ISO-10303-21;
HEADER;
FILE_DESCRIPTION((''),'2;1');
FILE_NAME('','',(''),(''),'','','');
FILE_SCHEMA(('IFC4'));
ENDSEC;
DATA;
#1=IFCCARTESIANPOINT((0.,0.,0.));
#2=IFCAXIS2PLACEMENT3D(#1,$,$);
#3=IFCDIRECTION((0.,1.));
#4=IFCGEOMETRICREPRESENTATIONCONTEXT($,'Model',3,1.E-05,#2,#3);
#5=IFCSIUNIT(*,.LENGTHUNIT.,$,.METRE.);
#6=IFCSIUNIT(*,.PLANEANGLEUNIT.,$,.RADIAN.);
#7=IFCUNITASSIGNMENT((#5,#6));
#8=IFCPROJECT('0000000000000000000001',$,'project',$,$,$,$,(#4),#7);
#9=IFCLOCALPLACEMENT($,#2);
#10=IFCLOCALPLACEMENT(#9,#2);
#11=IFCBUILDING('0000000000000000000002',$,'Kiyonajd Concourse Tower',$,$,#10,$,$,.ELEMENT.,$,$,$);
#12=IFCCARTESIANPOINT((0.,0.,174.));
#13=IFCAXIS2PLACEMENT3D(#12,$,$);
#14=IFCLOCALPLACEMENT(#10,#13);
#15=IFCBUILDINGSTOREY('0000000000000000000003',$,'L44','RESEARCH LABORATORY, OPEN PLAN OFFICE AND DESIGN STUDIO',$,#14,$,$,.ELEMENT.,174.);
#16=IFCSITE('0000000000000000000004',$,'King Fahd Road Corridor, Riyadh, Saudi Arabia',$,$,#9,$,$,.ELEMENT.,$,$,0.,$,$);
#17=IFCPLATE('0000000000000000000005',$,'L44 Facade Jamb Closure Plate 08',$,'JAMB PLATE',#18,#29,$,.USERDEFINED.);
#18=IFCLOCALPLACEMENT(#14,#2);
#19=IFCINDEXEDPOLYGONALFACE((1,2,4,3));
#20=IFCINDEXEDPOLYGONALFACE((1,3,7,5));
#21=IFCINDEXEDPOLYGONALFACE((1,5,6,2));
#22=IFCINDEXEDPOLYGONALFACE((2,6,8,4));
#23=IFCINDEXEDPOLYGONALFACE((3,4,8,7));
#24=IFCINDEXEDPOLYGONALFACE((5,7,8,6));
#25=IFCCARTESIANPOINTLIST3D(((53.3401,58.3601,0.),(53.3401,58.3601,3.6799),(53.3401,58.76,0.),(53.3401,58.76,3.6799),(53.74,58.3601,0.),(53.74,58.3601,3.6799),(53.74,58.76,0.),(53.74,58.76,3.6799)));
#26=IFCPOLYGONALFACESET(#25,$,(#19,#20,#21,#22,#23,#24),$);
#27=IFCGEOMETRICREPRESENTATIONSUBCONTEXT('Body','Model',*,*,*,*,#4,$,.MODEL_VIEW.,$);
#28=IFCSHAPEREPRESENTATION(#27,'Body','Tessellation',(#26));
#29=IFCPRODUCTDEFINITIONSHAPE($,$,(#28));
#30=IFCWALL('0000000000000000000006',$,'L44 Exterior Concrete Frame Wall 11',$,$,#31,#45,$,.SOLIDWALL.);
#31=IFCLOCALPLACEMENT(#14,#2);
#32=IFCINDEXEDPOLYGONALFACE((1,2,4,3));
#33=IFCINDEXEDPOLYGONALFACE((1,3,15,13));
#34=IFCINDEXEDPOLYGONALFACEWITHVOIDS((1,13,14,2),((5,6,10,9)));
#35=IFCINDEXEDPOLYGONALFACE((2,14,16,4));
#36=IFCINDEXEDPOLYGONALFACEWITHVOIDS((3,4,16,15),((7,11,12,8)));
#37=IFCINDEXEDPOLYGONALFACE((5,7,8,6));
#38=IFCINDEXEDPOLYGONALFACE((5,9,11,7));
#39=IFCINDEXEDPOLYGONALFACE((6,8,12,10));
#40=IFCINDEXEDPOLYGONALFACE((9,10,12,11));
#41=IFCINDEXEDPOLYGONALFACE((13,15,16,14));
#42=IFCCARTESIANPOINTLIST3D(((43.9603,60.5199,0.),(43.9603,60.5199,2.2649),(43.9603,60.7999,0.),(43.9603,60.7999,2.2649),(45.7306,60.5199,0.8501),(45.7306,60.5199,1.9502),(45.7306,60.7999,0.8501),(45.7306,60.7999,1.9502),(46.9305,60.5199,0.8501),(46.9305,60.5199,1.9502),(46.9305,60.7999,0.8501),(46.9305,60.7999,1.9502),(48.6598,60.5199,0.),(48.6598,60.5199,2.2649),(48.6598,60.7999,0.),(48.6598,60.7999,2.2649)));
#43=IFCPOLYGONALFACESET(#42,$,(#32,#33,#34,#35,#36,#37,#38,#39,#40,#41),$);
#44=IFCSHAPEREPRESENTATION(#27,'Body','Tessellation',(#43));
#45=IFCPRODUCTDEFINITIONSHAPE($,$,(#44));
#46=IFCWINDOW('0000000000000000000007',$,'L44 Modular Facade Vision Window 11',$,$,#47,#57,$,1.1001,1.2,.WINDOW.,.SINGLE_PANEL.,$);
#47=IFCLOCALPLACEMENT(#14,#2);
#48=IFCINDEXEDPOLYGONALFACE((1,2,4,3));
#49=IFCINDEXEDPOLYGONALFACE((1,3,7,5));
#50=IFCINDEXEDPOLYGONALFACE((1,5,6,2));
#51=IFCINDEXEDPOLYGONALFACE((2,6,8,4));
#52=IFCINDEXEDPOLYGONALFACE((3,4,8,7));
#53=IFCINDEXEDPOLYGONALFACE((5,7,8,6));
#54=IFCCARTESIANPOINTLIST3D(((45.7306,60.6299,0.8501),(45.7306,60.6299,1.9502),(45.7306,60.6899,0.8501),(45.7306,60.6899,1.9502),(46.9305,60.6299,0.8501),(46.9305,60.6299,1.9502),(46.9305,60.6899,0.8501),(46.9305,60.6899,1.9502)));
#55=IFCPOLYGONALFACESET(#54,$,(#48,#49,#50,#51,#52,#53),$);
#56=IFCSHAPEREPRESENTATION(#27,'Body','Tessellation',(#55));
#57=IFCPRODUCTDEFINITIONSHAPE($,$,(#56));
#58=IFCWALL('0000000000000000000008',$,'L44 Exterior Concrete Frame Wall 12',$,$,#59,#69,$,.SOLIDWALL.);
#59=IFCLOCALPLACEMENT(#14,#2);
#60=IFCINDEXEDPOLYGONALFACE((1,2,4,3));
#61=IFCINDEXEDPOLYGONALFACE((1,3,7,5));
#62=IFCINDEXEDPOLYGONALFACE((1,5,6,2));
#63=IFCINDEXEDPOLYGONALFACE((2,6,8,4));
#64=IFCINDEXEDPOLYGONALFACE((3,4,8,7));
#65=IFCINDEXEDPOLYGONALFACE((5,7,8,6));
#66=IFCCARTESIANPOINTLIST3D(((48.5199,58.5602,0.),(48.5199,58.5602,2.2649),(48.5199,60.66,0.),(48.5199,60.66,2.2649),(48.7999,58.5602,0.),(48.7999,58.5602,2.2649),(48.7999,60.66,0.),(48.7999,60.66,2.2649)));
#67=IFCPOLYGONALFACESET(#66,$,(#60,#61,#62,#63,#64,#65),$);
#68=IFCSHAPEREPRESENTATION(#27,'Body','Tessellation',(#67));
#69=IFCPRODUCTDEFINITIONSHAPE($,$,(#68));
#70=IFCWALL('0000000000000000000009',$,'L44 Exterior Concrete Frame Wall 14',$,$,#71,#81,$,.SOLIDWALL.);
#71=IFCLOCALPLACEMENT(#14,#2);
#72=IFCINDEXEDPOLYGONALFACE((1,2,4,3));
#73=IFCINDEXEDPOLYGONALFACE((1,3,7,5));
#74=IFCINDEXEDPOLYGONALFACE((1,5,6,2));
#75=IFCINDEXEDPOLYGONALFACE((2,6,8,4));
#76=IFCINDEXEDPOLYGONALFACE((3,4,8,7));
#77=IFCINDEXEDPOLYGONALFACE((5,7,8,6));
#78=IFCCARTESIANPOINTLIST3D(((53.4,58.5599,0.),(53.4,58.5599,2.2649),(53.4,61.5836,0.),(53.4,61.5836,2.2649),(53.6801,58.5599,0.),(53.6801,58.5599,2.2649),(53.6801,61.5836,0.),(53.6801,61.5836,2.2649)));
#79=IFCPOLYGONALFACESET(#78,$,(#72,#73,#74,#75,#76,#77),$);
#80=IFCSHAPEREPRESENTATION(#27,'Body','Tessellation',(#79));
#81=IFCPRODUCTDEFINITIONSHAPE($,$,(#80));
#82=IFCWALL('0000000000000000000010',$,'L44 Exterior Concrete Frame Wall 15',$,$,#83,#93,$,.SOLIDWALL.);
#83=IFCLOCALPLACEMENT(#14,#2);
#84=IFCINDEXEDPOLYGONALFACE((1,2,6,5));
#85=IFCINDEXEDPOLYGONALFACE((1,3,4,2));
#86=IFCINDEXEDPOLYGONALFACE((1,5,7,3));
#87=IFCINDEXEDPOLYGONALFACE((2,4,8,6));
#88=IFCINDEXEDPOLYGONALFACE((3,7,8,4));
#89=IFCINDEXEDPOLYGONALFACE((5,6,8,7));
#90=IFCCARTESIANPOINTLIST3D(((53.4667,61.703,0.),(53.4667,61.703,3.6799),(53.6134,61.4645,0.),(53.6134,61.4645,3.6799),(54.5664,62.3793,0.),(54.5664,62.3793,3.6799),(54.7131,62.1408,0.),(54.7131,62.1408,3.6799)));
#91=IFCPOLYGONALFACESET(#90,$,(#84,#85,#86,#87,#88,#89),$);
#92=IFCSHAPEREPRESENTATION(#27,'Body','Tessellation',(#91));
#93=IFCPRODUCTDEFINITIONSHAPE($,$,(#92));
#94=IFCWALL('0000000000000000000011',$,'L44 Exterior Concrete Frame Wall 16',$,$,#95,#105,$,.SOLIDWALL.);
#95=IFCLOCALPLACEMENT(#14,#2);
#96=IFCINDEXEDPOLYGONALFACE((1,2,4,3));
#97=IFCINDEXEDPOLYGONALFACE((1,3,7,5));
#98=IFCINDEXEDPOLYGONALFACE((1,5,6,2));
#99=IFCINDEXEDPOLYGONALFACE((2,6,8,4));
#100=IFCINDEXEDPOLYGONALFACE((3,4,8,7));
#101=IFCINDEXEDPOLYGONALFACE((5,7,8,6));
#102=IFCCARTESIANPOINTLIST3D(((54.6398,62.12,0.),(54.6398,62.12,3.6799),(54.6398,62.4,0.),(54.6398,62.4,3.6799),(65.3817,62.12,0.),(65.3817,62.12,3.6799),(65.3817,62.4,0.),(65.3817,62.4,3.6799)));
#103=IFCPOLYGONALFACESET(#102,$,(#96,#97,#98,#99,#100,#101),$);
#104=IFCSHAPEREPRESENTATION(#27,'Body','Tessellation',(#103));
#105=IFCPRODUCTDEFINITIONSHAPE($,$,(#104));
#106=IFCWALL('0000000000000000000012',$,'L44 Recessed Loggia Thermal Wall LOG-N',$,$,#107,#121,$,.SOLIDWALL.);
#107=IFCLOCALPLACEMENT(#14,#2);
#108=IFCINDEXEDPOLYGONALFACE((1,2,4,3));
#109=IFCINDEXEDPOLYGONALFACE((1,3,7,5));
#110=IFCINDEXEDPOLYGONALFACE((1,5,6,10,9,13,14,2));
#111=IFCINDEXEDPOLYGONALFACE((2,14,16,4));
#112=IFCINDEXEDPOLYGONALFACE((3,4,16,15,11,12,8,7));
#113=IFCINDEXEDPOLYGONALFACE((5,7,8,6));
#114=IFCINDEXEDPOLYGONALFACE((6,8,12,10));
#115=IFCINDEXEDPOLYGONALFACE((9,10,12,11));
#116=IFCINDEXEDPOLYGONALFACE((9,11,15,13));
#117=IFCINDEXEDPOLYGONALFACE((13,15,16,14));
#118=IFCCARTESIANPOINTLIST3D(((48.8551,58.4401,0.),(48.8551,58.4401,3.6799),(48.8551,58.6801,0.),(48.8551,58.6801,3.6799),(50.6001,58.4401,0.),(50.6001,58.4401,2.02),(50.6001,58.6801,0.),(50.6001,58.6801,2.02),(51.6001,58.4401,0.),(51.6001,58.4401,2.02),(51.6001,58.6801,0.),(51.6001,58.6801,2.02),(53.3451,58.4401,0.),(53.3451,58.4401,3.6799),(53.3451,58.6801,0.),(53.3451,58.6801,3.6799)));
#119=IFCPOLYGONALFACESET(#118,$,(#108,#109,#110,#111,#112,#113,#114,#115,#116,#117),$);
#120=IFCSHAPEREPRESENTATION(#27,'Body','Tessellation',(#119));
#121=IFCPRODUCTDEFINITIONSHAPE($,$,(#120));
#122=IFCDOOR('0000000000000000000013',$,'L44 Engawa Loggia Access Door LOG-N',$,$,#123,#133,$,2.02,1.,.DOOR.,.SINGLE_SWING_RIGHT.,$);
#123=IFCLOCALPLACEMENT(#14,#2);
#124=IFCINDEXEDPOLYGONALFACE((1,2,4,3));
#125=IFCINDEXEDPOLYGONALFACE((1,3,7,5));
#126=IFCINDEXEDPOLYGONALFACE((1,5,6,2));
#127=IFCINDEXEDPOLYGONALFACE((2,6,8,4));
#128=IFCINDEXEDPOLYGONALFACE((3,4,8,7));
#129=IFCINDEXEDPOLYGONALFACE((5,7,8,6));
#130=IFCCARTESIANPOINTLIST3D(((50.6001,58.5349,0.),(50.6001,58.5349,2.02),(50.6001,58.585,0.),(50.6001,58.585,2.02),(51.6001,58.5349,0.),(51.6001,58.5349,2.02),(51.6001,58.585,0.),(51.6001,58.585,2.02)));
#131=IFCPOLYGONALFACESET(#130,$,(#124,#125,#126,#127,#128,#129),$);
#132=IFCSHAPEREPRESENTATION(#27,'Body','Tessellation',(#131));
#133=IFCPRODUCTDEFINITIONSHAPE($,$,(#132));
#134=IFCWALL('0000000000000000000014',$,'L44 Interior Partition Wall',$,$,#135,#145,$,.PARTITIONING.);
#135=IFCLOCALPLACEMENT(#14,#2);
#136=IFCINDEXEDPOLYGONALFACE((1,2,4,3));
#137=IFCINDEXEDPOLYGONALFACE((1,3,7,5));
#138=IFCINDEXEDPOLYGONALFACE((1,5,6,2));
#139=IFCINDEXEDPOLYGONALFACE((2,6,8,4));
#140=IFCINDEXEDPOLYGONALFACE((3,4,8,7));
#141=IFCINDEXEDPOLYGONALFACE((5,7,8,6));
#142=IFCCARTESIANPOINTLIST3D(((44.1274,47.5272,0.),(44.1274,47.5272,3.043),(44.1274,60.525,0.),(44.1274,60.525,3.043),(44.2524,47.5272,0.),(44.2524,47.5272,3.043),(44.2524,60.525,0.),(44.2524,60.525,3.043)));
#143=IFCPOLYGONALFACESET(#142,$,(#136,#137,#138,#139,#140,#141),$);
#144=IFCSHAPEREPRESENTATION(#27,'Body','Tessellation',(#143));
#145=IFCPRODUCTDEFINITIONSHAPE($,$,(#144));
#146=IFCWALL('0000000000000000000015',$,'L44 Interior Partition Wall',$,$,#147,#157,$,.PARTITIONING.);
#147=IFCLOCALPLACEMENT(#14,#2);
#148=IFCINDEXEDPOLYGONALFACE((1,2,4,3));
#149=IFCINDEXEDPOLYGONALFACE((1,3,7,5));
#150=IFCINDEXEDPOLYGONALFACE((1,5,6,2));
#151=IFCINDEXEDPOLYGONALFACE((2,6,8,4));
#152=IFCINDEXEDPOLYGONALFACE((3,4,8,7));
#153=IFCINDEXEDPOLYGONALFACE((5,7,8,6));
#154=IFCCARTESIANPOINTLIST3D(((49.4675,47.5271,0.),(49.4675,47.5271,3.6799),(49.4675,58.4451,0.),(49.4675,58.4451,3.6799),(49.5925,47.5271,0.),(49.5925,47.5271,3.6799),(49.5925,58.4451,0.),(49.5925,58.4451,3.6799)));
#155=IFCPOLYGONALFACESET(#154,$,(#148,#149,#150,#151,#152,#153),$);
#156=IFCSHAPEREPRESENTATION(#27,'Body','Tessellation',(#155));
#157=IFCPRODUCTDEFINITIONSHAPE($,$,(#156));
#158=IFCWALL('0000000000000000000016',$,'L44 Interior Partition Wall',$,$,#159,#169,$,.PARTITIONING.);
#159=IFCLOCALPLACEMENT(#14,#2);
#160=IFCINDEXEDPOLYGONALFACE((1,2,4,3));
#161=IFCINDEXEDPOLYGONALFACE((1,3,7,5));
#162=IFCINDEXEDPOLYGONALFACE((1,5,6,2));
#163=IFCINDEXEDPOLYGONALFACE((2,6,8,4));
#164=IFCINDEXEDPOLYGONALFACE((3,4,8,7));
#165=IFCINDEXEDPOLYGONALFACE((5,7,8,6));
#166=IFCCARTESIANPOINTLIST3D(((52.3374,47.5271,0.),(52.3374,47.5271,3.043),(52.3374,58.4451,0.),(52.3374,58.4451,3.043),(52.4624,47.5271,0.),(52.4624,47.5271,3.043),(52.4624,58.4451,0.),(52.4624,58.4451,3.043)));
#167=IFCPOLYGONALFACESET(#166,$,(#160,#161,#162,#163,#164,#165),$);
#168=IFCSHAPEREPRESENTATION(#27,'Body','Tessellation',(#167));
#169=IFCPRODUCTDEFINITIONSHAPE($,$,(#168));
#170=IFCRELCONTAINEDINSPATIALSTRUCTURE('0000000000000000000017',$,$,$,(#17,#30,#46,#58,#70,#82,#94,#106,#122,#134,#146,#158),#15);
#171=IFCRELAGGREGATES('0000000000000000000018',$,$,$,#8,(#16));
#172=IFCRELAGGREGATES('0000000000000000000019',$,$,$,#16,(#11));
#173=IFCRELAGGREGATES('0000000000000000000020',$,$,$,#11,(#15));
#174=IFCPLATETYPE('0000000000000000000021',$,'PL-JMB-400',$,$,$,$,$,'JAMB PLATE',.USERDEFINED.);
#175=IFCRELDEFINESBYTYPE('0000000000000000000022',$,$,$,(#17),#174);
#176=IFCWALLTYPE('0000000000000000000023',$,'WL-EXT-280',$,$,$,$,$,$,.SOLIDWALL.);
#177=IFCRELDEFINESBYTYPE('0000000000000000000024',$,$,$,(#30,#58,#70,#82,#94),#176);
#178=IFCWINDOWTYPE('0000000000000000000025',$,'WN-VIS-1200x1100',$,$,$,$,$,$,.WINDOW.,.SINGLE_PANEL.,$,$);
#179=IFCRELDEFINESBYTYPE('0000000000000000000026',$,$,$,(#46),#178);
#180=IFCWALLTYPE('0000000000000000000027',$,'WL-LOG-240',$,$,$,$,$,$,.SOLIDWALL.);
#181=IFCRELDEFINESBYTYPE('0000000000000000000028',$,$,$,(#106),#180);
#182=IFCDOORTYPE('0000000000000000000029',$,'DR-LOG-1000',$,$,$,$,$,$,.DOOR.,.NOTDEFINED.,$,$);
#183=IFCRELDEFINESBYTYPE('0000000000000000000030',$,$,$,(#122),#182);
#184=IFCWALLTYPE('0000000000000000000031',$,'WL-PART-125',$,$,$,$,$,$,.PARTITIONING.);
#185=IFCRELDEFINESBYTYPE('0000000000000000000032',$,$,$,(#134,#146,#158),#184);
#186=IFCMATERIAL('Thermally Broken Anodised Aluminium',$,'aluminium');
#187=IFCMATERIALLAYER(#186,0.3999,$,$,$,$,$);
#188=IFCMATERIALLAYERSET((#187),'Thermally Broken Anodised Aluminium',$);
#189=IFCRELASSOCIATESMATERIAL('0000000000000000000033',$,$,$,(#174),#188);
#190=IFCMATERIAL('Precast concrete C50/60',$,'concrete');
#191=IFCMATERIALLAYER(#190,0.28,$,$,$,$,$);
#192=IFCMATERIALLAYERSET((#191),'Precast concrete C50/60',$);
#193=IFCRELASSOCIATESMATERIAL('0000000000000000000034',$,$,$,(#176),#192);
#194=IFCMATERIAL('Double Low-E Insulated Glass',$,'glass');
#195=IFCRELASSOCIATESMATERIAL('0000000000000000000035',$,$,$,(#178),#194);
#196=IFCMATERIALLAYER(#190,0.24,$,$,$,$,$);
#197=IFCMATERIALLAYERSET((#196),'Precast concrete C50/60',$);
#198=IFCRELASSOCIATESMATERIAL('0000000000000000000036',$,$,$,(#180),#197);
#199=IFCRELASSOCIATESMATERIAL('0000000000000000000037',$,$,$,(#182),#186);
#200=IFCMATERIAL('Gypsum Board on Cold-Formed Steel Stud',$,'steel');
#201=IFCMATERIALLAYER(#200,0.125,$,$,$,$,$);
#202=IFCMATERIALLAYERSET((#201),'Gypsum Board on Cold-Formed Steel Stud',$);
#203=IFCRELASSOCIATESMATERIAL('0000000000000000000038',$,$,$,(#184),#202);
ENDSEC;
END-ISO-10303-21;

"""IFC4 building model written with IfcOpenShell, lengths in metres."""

from ifc_helpers import new_model, si_unit, direction, frame, frame_2d, origin, origin_2d, place, context, subcontext, project, spatial, rectangle, extrude, material, layer, layer_set, type_object, element, fill, save


model = new_model("IFC4")

# Units and contexts
model_context = context("Model", 3, precision=1e-05, world=origin(), true_north=direction((0.0, 1.0)))
body_context = subcontext(model_context, "Body", "Model", "MODEL_VIEW")
ifc_project = project(units=[si_unit("LENGTHUNIT", "METRE"), si_unit("PLANEANGLEUNIT", "RADIAN")], contexts=[model_context])

# Site, building, storey
site_placement = place(None, origin())
site = spatial("IfcSite", under=ifc_project, at=site_placement, Name="King Fahd Road Corridor, Riyadh, Saudi Arabia", CompositionType="ELEMENT", RefElevation=0.0)
building_placement = place(site_placement, origin())
building = spatial("IfcBuilding", under=site, at=building_placement, Name="Kiyonajd Concourse Tower", CompositionType="ELEMENT")
storey_placement = place(building_placement, frame((0.0, 0.0, 174.0)))
storey = spatial("IfcBuildingStorey", under=building, at=storey_placement, Name="L44", Description="RESEARCH LABORATORY, OPEN PLAN OFFICE AND DESIGN STUDIO", CompositionType="ELEMENT", Elevation=174.0)

# Plate
ifc_material_1 = material(Name="Thermally Broken Anodised Aluminium", Category="aluminium")
ifc_layer_1 = layer(ifc_material_1, 0.3999)
ifc_layer_set_1 = layer_set([ifc_layer_1], Name="Thermally Broken Anodised Aluminium")
plate_type_1 = type_object("IfcPlateType", Name="PL-JMB-400", ElementType="JAMB PLATE", PredefinedType="USERDEFINED", material=ifc_layer_set_1)
for number, where, z_axis, x_axis, name in (
    (1, (53.54, 58.5601, 0.0), (0.0, 0.0, 1.0), (1.0, 0.0, 0.0), "L44 Facade Jamb Closure Plate 08"),
):
    element("IfcPlate", number, at=place(storey_placement, frame(where, z_axis=z_axis, x_axis=x_axis)), inside=storey, type_object=plate_type_1, Name=name, ObjectType="JAMB PLATE", PredefinedType="USERDEFINED", context=body_context, shape_type="SweptSolid", body=[
        extrude(rectangle(XDim=0.3999, YDim=0.3999, at=origin_2d()), origin(), (0.0, 0.0, 1.0), 3.6799),
    ])

# Wall, opening, window
ifc_material_2 = material(Name="Precast concrete C50/60", Category="concrete")
ifc_layer_2 = layer(ifc_material_2, 0.28)
ifc_layer_set_2 = layer_set([ifc_layer_2], Name="Precast concrete C50/60")
wall_type_1 = type_object("IfcWallType", Name="WL-EXT-280", PredefinedType="SOLIDWALL", material=ifc_layer_set_2)
wall_1_placement = place(storey_placement, frame((43.9604, 60.6599, 0.0), z_axis=(0.0, 0.0, 1.0), x_axis=(1.0, 0.0, 0.0)))
wall_1 = element("IfcWall", 2, at=wall_1_placement, inside=storey, type_object=wall_type_1, Name="L44 Exterior Concrete Frame Wall 11", PredefinedType="SOLIDWALL", context=body_context, shape_type="SweptSolid", body=[
    extrude(rectangle(XDim=4.6995, YDim=0.28, at=frame_2d((2.3496, 0.0))), origin(), (0.0, 0.0, 1.0), 2.2649),
])
opening_1_placement = place(wall_1_placement, frame((1.77, 0.0, 0.8501)))
opening_1 = element("IfcOpeningElement", 3, at=opening_1_placement, cuts=wall_1, PredefinedType="OPENING", context=body_context, shape_type="SweptSolid", body=[
    extrude(rectangle(XDim=1.2, YDim=1.1001, at=frame_2d((0.6001, 0.55))), frame((0.0, 0.1499, 0.0), z_axis=(0.0, -1.0, 0.0), x_axis=(1.0, 0.0, 0.0)), (0.0, 0.0, 1.0), 0.3),
])
ifc_material_3 = material(Name="Double Low-E Insulated Glass", Category="glass")
window_type = type_object("IfcWindowType", Name="WN-VIS-1200x1100", PartitioningType="SINGLE_PANEL", PredefinedType="WINDOW", material=ifc_material_3)
window_placement = place(opening_1_placement, origin())
window = element("IfcWindow", 4, at=window_placement, inside=storey, type_object=window_type, Name="L44 Modular Facade Vision Window 11", OverallHeight=1.1001, OverallWidth=1.2, PartitioningType="SINGLE_PANEL", PredefinedType="WINDOW", context=body_context, shape_type="SweptSolid", body=[
    extrude(rectangle(XDim=1.2, YDim=1.1001, at=frame_2d((0.6001, 0.55))), frame((0.0, 0.03, 0.0), z_axis=(0.0, -1.0, 0.0), x_axis=(1.0, 0.0, 0.0)), (0.0, 0.0, 1.0), 0.0601),
])
fill(opening_1, window)

# Walls
wall_2_placement = place(storey_placement, frame((48.6599, 60.6599, 0.0), z_axis=(0.0, 0.0, 1.0), x_axis=(0.0, -1.0, 0.0)))
element("IfcWall", 5, at=wall_2_placement, inside=storey, type_object=wall_type_1, Name="L44 Exterior Concrete Frame Wall 12", PredefinedType="SOLIDWALL", context=body_context, shape_type="SweptSolid", body=[
    extrude(rectangle(XDim=2.0999, YDim=0.28, at=frame_2d((1.0498, 0.0))), origin(), (0.0, 0.0, 1.0), 2.2649),
])
wall_3_placement = place(storey_placement, frame((53.54, 58.5601, 0.0), z_axis=(0.0, 0.0, 1.0), x_axis=(0.0, 1.0, 0.0)))
element("IfcWall", 6, at=wall_3_placement, inside=storey, type_object=wall_type_1, Name="L44 Exterior Concrete Frame Wall 14", PredefinedType="SOLIDWALL", context=body_context, shape_type="SweptSolid", body=[
    extrude(rectangle(XDim=3.0237, YDim=0.28, at=frame_2d((1.5117, 0.0))), origin(), (0.0, 0.0, 1.0), 2.2649),
])
wall_4_placement = place(storey_placement, frame((53.54, 61.5837, 0.0), z_axis=(0.0, 0.0, 1.0), x_axis=(0.851801, 0.523865, 0.0)))
element("IfcWall", 7, at=wall_4_placement, inside=storey, type_object=wall_type_1, Name="L44 Exterior Concrete Frame Wall 15", PredefinedType="SOLIDWALL", context=body_context, shape_type="SweptSolid", body=[
    extrude(rectangle(XDim=1.291, YDim=0.28, at=frame_2d((0.6455, 0.0))), origin(), (0.0, 0.0, 1.0), 3.6799),
])
wall_5_placement = place(storey_placement, frame((54.6396, 62.26, 0.0), z_axis=(0.0, 0.0, 1.0), x_axis=(1.0, 0.0, 0.0)))
element("IfcWall", 8, at=wall_5_placement, inside=storey, type_object=wall_type_1, Name="L44 Exterior Concrete Frame Wall 16", PredefinedType="SOLIDWALL", context=body_context, shape_type="SweptSolid", body=[
    extrude(rectangle(XDim=10.7419, YDim=0.28, at=frame_2d((5.3711, 0.0))), origin(), (0.0, 0.0, 1.0), 3.6799),
])

# Wall, opening, door
ifc_layer_3 = layer(ifc_material_2, 0.24)
ifc_layer_set_3 = layer_set([ifc_layer_3], Name="Precast concrete C50/60")
wall_type_2 = type_object("IfcWallType", Name="WL-LOG-240", PredefinedType="SOLIDWALL", material=ifc_layer_set_3)
wall_6_placement = place(storey_placement, frame((48.855, 58.5601, 0.0), z_axis=(0.0, 0.0, 1.0), x_axis=(1.0, 0.0, 0.0)))
wall_6 = element("IfcWall", 9, at=wall_6_placement, inside=storey, type_object=wall_type_2, Name="L44 Recessed Loggia Thermal Wall LOG-N", PredefinedType="SOLIDWALL", context=body_context, shape_type="SweptSolid", body=[
    extrude(rectangle(XDim=4.49, YDim=0.24, at=frame_2d((2.2451, 0.0))), origin(), (0.0, 0.0, 1.0), 3.6799),
])
opening_2_placement = place(wall_6_placement, frame((1.7451, 0.0, 0.0)))
opening_2 = element("IfcOpeningElement", 10, at=opening_2_placement, cuts=wall_6, PredefinedType="OPENING", context=body_context, shape_type="SweptSolid", body=[
    extrude(rectangle(XDim=1.0, YDim=2.02, at=frame_2d((0.5, 1.01))), frame((0.0, 0.1299, 0.0), z_axis=(0.0, -1.0, 0.0), x_axis=(1.0, 0.0, 0.0)), (0.0, 0.0, 1.0), 0.26),
])
door_type = type_object("IfcDoorType", Name="DR-LOG-1000", OperationType="NOTDEFINED", PredefinedType="DOOR", material=ifc_material_1)
door_placement = place(opening_2_placement, origin())
door = element("IfcDoor", 11, at=door_placement, inside=storey, type_object=door_type, Name="L44 Engawa Loggia Access Door LOG-N", OperationType="SINGLE_SWING_RIGHT", OverallHeight=2.02, OverallWidth=1.0, PredefinedType="DOOR", context=body_context, shape_type="SweptSolid", body=[
    extrude(rectangle(XDim=1.0, YDim=2.02, at=frame_2d((0.5, 1.01))), frame((0.0, 0.0249, 0.0), z_axis=(0.0, -1.0, 0.0), x_axis=(1.0, 0.0, 0.0)), (0.0, 0.0, 1.0), 0.05),
])
fill(opening_2, door)

# Walls
ifc_material_4 = material(Name="Gypsum Board on Cold-Formed Steel Stud", Category="steel")
ifc_layer_4 = layer(ifc_material_4, 0.125)
ifc_layer_set_4 = layer_set([ifc_layer_4], Name="Gypsum Board on Cold-Formed Steel Stud")
wall_type_3 = type_object("IfcWallType", Name="WL-PART-125", PredefinedType="PARTITIONING", material=ifc_layer_set_4)
wall_7_placement = place(storey_placement, frame((44.1899, 47.5271, 0.0), z_axis=(0.0, 0.0, 1.0), x_axis=(0.0, 1.0, 0.0)))
element("IfcWall", 12, at=wall_7_placement, inside=storey, type_object=wall_type_3, Name="L44 Interior Partition Wall", PredefinedType="PARTITIONING", context=body_context, shape_type="SweptSolid", body=[
    extrude(rectangle(XDim=12.9978, YDim=0.125, at=frame_2d((6.499, 0.0))), origin(), (0.0, 0.0, 1.0), 3.043),
])
wall_8_placement = place(storey_placement, frame((49.53, 47.5271, 0.0), z_axis=(0.0, 0.0, 1.0), x_axis=(0.0, 1.0, 0.0)))
element("IfcWall", 13, at=wall_8_placement, inside=storey, type_object=wall_type_3, Name="L44 Interior Partition Wall", PredefinedType="PARTITIONING", context=body_context, shape_type="SweptSolid", body=[
    extrude(rectangle(XDim=10.918, YDim=0.125, at=frame_2d((5.459, 0.0))), origin(), (0.0, 0.0, 1.0), 3.6799),
])
wall_9_placement = place(storey_placement, frame((52.3999, 47.5271, 0.0), z_axis=(0.0, 0.0, 1.0), x_axis=(0.0, 1.0, 0.0)))
element("IfcWall", 14, at=wall_9_placement, inside=storey, type_object=wall_type_3, Name="L44 Interior Partition Wall", PredefinedType="PARTITIONING", context=body_context, shape_type="SweptSolid", body=[
    extrude(rectangle(XDim=10.918, YDim=0.125, at=frame_2d((5.459, 0.0))), origin(), (0.0, 0.0, 1.0), 3.043),
])

save(model, "model.ifc")
